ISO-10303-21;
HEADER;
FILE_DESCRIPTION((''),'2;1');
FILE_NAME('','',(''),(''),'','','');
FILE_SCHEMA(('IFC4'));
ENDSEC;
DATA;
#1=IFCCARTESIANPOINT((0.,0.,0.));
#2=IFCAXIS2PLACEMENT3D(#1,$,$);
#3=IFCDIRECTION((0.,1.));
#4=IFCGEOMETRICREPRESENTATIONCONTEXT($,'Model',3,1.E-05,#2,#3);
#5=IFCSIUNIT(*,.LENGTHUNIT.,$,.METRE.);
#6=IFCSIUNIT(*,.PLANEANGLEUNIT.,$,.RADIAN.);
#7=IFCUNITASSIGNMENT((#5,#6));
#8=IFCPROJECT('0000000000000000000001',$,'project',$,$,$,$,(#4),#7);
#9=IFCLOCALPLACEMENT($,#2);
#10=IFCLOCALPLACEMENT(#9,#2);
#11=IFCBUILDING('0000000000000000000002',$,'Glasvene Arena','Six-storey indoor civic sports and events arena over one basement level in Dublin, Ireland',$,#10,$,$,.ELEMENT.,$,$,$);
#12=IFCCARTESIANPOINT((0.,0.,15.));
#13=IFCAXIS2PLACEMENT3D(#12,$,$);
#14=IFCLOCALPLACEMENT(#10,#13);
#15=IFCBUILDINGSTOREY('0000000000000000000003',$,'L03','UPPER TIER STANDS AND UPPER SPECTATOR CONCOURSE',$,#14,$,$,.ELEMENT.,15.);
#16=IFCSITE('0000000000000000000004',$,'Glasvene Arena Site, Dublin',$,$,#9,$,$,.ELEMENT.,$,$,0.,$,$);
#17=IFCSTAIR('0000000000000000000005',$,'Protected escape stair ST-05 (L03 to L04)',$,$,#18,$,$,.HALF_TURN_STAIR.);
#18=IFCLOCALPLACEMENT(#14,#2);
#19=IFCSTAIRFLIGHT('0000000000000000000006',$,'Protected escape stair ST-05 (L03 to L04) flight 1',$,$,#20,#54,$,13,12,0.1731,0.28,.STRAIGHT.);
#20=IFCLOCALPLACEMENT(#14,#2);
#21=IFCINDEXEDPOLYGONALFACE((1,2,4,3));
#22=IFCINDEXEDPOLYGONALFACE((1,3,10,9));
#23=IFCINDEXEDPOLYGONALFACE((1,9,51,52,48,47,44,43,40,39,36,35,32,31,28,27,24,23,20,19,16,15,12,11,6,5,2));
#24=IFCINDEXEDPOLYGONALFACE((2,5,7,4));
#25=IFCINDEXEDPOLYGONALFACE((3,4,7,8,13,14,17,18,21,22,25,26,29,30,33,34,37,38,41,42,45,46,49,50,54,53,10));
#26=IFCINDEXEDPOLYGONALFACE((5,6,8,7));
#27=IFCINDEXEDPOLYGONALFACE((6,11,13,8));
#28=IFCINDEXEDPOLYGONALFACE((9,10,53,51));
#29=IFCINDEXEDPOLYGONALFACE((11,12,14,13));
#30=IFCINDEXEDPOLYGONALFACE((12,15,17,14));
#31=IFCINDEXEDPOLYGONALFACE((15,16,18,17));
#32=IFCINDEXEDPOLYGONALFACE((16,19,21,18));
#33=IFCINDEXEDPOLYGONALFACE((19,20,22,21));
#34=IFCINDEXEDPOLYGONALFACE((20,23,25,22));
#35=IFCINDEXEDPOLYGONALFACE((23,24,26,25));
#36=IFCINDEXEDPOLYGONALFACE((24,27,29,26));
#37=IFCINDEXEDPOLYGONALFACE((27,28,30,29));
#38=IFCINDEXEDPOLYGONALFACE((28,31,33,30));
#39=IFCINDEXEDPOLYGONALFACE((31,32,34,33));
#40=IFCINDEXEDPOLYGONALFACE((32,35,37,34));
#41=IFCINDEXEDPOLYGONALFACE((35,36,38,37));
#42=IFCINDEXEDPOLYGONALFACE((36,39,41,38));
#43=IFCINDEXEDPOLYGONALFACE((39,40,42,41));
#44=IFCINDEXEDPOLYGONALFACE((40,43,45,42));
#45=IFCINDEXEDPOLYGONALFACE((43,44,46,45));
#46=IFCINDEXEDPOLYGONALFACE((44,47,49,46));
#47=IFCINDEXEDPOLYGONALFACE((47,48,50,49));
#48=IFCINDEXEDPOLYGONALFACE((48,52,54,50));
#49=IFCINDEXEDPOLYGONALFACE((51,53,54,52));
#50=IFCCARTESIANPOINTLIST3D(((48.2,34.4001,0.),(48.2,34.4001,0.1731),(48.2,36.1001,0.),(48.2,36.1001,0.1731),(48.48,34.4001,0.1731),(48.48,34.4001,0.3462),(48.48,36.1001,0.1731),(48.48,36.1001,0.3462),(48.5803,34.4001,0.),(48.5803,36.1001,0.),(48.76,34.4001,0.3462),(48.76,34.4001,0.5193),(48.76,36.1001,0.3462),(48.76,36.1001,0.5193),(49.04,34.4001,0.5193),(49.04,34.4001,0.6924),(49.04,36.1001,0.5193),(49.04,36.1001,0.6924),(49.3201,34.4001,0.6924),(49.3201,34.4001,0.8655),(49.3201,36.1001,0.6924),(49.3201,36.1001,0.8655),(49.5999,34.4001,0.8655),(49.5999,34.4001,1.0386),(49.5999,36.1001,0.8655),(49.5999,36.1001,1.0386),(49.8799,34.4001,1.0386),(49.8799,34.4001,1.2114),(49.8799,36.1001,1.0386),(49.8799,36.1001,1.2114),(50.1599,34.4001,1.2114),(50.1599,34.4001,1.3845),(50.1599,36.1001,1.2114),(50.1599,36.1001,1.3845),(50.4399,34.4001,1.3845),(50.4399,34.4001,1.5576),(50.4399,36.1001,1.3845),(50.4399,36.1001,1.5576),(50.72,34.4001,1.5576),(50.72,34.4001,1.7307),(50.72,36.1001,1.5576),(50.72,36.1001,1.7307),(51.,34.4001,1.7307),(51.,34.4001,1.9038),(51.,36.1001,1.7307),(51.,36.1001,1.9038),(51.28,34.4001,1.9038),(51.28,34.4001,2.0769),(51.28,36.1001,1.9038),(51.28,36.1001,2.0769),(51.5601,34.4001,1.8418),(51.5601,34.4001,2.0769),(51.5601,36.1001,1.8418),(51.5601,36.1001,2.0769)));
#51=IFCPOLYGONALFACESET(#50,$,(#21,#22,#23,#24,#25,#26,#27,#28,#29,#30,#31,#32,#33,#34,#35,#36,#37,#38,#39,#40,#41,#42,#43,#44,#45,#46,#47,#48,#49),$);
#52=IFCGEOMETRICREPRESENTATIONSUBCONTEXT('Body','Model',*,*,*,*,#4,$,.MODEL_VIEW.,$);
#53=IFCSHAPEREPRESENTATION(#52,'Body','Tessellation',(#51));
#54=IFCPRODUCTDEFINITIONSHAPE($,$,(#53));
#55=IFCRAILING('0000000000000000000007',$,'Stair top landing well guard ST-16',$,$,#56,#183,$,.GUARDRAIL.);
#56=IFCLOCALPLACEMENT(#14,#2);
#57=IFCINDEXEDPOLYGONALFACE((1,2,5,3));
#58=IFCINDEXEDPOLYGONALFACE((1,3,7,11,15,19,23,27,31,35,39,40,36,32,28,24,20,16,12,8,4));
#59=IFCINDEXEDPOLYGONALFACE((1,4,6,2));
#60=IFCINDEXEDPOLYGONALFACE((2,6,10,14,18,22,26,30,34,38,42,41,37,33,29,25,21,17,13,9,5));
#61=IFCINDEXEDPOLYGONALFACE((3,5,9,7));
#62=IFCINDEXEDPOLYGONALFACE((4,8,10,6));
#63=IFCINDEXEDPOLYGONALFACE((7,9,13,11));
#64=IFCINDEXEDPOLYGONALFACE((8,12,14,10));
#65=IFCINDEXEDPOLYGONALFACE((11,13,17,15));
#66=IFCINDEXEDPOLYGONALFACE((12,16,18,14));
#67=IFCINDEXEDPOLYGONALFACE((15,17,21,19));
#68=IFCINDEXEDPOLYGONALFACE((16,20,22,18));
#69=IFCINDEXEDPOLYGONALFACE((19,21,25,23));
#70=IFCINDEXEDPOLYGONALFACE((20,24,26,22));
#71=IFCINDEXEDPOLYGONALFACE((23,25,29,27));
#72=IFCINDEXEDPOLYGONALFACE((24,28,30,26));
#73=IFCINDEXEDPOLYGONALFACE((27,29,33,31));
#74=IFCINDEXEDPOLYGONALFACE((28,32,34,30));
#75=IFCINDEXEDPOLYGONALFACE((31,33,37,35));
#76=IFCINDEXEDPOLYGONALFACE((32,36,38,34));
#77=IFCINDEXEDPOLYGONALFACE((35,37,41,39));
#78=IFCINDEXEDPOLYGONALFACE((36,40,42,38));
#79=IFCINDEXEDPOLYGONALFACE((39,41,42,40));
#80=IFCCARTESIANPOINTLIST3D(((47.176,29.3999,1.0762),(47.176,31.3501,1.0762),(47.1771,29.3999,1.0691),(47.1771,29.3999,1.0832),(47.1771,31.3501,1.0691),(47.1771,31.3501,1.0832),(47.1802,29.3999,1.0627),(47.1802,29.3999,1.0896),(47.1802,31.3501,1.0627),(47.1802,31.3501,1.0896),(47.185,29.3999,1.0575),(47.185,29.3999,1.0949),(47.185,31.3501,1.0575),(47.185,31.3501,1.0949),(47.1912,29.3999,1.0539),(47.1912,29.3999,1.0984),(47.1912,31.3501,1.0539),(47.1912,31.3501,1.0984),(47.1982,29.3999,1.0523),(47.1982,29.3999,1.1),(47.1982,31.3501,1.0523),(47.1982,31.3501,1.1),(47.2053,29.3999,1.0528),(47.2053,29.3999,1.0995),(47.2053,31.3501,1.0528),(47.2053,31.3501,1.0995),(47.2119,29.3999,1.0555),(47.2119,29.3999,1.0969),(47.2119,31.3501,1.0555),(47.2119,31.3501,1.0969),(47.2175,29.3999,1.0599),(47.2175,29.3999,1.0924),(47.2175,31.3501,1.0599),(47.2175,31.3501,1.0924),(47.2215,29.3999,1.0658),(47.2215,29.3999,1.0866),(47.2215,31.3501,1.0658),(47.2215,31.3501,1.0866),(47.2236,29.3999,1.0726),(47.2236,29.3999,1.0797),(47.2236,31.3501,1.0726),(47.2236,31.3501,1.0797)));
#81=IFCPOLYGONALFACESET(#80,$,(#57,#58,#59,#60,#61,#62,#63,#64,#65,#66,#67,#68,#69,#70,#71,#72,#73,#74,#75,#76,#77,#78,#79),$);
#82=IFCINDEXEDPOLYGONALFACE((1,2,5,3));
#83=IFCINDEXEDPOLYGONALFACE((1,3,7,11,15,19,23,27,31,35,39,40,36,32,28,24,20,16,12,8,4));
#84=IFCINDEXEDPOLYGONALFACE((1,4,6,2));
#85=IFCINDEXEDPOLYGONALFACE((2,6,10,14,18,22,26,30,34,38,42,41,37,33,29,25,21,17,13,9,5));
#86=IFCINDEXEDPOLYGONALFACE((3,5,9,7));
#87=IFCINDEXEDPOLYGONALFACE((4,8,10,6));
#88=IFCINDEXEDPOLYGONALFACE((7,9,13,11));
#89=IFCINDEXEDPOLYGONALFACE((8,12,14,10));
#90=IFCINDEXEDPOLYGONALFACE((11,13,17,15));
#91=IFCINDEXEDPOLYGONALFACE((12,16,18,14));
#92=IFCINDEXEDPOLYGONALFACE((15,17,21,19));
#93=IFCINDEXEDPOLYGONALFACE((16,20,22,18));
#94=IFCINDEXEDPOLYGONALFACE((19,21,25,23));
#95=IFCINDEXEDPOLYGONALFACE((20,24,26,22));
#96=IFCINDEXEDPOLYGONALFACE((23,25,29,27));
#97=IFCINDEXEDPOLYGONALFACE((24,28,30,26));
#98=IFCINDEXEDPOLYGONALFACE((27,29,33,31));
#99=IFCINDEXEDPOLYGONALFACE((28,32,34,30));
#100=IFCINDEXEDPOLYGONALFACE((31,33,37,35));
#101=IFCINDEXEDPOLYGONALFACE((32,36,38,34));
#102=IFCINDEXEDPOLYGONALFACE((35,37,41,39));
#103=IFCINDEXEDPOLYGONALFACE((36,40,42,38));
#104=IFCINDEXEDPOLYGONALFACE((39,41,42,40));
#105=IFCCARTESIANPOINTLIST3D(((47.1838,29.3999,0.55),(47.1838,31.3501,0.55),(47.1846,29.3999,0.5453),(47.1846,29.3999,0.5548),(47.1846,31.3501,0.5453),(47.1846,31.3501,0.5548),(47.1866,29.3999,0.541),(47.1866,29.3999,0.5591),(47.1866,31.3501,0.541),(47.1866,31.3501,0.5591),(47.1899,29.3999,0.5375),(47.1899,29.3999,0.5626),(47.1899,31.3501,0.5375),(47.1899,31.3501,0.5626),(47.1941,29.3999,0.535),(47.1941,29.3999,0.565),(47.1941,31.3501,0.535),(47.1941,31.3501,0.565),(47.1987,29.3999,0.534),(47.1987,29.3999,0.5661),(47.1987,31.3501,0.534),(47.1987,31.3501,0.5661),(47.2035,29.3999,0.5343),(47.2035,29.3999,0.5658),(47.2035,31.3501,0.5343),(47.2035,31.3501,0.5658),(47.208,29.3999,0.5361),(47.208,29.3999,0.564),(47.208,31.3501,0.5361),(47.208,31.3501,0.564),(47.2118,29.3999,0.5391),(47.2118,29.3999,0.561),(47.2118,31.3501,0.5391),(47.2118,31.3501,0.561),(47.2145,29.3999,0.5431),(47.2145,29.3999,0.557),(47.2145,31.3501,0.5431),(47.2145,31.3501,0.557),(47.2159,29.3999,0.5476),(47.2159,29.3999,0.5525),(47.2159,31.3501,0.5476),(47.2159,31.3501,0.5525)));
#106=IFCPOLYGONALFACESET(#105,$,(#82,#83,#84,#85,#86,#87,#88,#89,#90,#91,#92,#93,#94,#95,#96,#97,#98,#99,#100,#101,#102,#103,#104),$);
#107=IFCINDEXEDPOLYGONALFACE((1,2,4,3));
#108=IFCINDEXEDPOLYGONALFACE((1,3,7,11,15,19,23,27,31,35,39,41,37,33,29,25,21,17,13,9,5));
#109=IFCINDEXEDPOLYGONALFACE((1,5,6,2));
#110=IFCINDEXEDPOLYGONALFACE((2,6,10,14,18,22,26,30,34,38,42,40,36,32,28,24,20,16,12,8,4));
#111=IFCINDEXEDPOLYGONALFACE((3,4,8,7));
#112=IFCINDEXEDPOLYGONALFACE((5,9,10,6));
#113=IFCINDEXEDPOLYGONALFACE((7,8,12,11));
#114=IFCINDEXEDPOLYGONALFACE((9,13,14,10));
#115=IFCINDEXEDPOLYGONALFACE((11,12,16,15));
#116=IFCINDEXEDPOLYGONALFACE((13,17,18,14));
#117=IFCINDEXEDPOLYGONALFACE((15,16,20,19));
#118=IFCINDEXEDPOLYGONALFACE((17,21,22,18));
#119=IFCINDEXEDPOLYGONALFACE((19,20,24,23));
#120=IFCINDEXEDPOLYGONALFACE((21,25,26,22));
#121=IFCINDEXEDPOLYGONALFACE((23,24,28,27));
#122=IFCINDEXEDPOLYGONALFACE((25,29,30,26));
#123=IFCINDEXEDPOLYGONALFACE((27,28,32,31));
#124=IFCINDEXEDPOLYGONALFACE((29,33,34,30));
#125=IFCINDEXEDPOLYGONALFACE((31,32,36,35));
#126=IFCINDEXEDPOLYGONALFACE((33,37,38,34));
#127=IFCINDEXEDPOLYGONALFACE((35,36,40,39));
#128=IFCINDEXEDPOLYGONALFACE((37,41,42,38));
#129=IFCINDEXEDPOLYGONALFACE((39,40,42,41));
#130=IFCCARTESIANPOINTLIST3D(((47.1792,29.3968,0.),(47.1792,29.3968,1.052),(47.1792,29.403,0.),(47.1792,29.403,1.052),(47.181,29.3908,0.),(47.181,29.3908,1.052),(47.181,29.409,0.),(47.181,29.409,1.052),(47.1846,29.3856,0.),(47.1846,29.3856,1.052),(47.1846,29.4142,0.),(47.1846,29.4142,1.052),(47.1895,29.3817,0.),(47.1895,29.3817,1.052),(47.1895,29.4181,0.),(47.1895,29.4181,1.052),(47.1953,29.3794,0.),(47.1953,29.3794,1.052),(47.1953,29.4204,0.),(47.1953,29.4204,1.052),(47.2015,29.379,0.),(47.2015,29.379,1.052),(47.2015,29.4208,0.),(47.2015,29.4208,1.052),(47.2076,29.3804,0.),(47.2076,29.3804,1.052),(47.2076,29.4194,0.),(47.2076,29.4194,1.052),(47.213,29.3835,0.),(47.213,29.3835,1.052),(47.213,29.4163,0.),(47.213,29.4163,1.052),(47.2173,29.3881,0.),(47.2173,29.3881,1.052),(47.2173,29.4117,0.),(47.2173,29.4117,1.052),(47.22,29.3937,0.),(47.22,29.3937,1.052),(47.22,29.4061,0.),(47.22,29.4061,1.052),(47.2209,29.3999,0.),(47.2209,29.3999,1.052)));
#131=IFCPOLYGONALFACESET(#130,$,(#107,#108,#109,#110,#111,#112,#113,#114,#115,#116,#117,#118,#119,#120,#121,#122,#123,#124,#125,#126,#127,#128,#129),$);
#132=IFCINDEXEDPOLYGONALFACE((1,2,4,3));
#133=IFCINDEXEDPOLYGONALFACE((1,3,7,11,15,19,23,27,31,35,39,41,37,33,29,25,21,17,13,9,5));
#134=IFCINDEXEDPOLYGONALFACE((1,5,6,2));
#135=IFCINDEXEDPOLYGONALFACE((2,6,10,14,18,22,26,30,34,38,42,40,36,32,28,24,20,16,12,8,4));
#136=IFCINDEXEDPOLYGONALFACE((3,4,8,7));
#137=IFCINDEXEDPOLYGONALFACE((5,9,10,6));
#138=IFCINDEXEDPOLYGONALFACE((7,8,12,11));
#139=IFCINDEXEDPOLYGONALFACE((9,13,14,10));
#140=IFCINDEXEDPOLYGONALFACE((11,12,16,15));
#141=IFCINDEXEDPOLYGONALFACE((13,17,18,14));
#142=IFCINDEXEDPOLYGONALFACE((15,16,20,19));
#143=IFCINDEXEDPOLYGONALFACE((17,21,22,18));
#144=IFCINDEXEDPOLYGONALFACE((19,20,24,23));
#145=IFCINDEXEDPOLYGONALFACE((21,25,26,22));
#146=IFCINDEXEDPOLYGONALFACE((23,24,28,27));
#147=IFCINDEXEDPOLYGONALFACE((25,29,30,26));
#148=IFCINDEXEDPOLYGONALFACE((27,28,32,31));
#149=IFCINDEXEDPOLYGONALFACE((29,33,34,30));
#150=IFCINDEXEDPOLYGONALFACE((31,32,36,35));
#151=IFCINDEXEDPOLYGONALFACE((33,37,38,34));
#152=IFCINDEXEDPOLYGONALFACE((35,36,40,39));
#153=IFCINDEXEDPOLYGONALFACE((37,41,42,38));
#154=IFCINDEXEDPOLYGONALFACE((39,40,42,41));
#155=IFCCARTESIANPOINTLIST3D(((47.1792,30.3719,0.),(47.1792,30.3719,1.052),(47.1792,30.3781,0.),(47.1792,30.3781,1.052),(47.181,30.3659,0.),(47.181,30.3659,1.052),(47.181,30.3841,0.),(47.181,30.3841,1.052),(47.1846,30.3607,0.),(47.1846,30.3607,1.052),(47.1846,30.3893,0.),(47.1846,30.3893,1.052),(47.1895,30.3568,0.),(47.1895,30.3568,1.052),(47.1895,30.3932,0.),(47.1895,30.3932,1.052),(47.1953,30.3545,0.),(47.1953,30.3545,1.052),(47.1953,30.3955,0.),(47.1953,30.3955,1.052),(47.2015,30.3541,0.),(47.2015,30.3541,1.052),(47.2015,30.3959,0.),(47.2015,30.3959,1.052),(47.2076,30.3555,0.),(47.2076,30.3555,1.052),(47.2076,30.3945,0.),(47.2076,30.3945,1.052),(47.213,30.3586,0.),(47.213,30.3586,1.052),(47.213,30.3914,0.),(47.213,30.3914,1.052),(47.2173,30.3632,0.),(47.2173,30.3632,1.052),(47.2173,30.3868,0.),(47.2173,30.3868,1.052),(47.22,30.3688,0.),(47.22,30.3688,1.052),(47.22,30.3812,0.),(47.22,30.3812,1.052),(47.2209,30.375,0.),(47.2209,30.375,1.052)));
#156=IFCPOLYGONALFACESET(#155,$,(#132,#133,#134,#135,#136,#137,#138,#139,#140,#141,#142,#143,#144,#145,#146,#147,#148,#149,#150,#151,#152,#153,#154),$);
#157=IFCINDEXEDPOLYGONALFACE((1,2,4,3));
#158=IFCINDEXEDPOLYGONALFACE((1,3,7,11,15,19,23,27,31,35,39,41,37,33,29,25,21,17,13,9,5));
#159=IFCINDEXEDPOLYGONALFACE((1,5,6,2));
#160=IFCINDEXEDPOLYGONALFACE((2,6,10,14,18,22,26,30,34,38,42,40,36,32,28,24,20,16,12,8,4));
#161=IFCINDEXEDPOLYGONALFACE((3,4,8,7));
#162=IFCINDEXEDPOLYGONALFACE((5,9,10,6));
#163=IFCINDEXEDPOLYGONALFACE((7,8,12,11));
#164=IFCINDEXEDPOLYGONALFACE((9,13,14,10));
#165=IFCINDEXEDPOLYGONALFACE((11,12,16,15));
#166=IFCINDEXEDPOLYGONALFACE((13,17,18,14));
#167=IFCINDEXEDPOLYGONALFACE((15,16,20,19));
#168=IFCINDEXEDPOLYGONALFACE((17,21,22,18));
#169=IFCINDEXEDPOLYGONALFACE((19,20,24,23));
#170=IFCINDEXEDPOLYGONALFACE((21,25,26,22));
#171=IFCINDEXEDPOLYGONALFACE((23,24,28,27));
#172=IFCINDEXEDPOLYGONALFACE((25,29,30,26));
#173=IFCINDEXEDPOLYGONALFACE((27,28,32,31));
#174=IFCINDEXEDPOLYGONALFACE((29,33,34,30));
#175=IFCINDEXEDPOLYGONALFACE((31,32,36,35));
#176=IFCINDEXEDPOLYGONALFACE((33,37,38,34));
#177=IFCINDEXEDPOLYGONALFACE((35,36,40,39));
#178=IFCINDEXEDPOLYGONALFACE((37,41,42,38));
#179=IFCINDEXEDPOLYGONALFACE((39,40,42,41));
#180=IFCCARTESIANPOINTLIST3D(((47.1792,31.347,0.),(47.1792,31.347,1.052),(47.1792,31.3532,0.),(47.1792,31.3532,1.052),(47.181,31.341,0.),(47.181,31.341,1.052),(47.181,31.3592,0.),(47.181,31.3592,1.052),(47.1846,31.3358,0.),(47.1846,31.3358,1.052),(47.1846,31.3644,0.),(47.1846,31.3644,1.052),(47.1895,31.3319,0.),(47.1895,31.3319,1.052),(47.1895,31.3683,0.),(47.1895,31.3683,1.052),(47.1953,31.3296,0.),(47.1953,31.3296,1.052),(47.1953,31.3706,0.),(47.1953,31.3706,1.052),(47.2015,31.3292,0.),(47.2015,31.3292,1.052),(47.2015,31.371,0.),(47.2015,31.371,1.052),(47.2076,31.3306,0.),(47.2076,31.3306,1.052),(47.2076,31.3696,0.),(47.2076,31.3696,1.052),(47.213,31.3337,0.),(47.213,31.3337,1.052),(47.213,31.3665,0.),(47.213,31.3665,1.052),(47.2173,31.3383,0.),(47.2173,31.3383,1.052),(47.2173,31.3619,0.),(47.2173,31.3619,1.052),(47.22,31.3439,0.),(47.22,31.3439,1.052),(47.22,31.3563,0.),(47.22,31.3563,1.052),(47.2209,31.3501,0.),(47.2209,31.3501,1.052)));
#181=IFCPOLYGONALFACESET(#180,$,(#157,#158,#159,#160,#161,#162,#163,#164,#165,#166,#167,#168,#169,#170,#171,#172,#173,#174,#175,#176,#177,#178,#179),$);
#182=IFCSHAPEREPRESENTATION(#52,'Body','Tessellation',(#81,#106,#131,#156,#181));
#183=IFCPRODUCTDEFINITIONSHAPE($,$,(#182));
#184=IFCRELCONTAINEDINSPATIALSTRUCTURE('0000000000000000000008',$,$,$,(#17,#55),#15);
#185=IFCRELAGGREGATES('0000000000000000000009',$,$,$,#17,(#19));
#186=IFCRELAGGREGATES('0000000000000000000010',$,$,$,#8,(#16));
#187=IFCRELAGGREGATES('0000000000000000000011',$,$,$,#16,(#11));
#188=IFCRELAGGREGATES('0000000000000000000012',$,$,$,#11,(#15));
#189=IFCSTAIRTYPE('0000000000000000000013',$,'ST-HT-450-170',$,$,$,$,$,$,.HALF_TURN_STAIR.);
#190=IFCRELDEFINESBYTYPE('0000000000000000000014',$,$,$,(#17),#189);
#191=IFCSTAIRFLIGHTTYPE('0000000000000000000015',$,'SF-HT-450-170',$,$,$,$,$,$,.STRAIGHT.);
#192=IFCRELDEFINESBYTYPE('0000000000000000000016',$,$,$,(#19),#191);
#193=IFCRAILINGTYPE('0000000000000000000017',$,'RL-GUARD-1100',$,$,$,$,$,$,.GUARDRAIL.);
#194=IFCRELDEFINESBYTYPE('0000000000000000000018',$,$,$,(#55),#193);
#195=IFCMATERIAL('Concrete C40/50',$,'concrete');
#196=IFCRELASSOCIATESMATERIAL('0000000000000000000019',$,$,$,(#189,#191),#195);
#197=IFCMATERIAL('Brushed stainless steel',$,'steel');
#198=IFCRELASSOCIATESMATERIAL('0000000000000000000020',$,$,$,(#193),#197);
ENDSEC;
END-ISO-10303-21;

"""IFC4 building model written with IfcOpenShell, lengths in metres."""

from ifc_helpers import new_model, si_unit, direction, frame, origin, origin_2d, place, context, subcontext, project, spatial, polyline, circle, outline, extrude, material, type_object, element, aggregate, save


model = new_model("IFC4")

# Units and contexts
model_context = context("Model", 3, precision=1e-05, world=origin(), true_north=direction((0.0, 1.0)))
body_context = subcontext(model_context, "Body", "Model", "MODEL_VIEW")
ifc_project = project(units=[si_unit("LENGTHUNIT", "METRE"), si_unit("PLANEANGLEUNIT", "RADIAN")], contexts=[model_context])

# Site, building, storey
site_placement = place(None, origin())
site = spatial("IfcSite", under=ifc_project, at=site_placement, Name="Glasvene Arena Site, Dublin", CompositionType="ELEMENT", RefElevation=0.0)
building_placement = place(site_placement, origin())
building = spatial("IfcBuilding", under=site, at=building_placement, Name="Glasvene Arena", Description="Six-storey indoor civic sports and events arena over one basement level in Dublin, Ireland", CompositionType="ELEMENT")
storey_placement = place(building_placement, frame((0.0, 0.0, 15.0)))
storey = spatial("IfcBuildingStorey", under=building, at=storey_placement, Name="L03", Description="UPPER TIER STANDS AND UPPER SPECTATOR CONCOURSE", CompositionType="ELEMENT", Elevation=15.0)

# Stair
ifc_material_1 = material(Name="Concrete C40/50", Category="concrete")
stair_type = type_object("IfcStairType", Name="ST-HT-450-170", PredefinedType="HALF_TURN_STAIR", material=ifc_material_1)
stair_placement = place(storey_placement, origin())
stair = element("IfcStair", 1, at=stair_placement, inside=storey, type_object=stair_type, Name="Protected escape stair ST-05 (L03 to L04)", PredefinedType="HALF_TURN_STAIR")

# Stair flight
stair_flight_type = type_object("IfcStairFlightType", Name="SF-HT-450-170", PredefinedType="STRAIGHT", material=ifc_material_1)
stair_flight_placement = place(storey_placement, frame((48.2, 35.25, 0.0), z_axis=(0.0, 0.0, 1.0), x_axis=(1.0, 0.0, 0.0)))
stair_flight = element("IfcStairFlight", 2, at=stair_flight_placement, type_object=stair_flight_type, Name="Protected escape stair ST-05 (L03 to L04) flight 1", NumberOfRisers=13, NumberOfTreads=12, PredefinedType="STRAIGHT", RiserHeight=0.1731, TreadLength=0.28, context=body_context, shape_type="SweptSolid", body=[
    extrude(outline(polyline([(0.0, 0.0), (0.0, 0.1731), (0.28, 0.1731), (0.28, 0.3462), (0.5601, 0.3462), (0.5601, 0.5193), (0.8401, 0.5193), (0.8401, 0.6924), (1.1201, 0.6924), (1.1201, 0.8655), (1.3999, 0.8655), (1.3999, 1.0386), (1.6799, 1.0386), (1.6799, 1.2114), (1.96, 1.2114), (1.96, 1.3845), (2.24, 1.3845), (2.24, 1.5576), (2.52, 1.5576), (2.52, 1.7307), (2.8, 1.7307), (2.8, 1.9038), (3.0801, 1.9038), (3.0801, 2.0769), (3.3601, 2.0769), (3.3601, 2.25), (3.3601, 1.8418), (0.3804, 0.0), (0.0, 0.0)])), frame((0.0, 0.8501, 0.0), z_axis=(0.0, -1.0, 0.0), x_axis=(1.0, 0.0, 0.0)), (0.0, 0.0, 1.0), 1.7),
])
aggregate(stair, [stair_flight])

# Railing
ifc_material_2 = material(Name="Brushed stainless steel", Category="steel")
railing_type_1 = type_object("IfcRailingType", Name="RL-GUARD-1100", PredefinedType="GUARDRAIL", material=ifc_material_2)
railing_1_placement = place(storey_placement, frame((47.2, 29.3999, 0.0)))
element("IfcRailing", 3, at=railing_1_placement, inside=storey, type_object=railing_type_1, Name="Stair top landing well guard ST-16", PredefinedType="GUARDRAIL", context=body_context, shape_type="SweptSolid", body=[
    extrude(circle(Radius=0.0239, at=origin_2d()), frame((0.0, 0.0, 1.0762), z_axis=(0.0, 1.0, 0.0), x_axis=(-1.0, 0.0, 0.0)), (0.0, 0.0, 1.0), 1.9502),
    extrude(circle(Radius=0.0161, at=origin_2d()), frame((0.0, 0.0, 0.55), z_axis=(0.0, 1.0, 0.0), x_axis=(-1.0, 0.0, 0.0)), (0.0, 0.0, 1.0), 1.9502),
    extrude(circle(Radius=0.021, at=origin_2d()), origin(), (0.0, 0.0, 1.0), 1.052),
    extrude(circle(Radius=0.021, at=origin_2d()), frame((0.0, 0.9751, 0.0)), (0.0, 0.0, 1.0), 1.052),
    extrude(circle(Radius=0.021, at=origin_2d()), frame((0.0, 1.9502, 0.0)), (0.0, 0.0, 1.0), 1.052),
])

save(model, "model.ifc")
